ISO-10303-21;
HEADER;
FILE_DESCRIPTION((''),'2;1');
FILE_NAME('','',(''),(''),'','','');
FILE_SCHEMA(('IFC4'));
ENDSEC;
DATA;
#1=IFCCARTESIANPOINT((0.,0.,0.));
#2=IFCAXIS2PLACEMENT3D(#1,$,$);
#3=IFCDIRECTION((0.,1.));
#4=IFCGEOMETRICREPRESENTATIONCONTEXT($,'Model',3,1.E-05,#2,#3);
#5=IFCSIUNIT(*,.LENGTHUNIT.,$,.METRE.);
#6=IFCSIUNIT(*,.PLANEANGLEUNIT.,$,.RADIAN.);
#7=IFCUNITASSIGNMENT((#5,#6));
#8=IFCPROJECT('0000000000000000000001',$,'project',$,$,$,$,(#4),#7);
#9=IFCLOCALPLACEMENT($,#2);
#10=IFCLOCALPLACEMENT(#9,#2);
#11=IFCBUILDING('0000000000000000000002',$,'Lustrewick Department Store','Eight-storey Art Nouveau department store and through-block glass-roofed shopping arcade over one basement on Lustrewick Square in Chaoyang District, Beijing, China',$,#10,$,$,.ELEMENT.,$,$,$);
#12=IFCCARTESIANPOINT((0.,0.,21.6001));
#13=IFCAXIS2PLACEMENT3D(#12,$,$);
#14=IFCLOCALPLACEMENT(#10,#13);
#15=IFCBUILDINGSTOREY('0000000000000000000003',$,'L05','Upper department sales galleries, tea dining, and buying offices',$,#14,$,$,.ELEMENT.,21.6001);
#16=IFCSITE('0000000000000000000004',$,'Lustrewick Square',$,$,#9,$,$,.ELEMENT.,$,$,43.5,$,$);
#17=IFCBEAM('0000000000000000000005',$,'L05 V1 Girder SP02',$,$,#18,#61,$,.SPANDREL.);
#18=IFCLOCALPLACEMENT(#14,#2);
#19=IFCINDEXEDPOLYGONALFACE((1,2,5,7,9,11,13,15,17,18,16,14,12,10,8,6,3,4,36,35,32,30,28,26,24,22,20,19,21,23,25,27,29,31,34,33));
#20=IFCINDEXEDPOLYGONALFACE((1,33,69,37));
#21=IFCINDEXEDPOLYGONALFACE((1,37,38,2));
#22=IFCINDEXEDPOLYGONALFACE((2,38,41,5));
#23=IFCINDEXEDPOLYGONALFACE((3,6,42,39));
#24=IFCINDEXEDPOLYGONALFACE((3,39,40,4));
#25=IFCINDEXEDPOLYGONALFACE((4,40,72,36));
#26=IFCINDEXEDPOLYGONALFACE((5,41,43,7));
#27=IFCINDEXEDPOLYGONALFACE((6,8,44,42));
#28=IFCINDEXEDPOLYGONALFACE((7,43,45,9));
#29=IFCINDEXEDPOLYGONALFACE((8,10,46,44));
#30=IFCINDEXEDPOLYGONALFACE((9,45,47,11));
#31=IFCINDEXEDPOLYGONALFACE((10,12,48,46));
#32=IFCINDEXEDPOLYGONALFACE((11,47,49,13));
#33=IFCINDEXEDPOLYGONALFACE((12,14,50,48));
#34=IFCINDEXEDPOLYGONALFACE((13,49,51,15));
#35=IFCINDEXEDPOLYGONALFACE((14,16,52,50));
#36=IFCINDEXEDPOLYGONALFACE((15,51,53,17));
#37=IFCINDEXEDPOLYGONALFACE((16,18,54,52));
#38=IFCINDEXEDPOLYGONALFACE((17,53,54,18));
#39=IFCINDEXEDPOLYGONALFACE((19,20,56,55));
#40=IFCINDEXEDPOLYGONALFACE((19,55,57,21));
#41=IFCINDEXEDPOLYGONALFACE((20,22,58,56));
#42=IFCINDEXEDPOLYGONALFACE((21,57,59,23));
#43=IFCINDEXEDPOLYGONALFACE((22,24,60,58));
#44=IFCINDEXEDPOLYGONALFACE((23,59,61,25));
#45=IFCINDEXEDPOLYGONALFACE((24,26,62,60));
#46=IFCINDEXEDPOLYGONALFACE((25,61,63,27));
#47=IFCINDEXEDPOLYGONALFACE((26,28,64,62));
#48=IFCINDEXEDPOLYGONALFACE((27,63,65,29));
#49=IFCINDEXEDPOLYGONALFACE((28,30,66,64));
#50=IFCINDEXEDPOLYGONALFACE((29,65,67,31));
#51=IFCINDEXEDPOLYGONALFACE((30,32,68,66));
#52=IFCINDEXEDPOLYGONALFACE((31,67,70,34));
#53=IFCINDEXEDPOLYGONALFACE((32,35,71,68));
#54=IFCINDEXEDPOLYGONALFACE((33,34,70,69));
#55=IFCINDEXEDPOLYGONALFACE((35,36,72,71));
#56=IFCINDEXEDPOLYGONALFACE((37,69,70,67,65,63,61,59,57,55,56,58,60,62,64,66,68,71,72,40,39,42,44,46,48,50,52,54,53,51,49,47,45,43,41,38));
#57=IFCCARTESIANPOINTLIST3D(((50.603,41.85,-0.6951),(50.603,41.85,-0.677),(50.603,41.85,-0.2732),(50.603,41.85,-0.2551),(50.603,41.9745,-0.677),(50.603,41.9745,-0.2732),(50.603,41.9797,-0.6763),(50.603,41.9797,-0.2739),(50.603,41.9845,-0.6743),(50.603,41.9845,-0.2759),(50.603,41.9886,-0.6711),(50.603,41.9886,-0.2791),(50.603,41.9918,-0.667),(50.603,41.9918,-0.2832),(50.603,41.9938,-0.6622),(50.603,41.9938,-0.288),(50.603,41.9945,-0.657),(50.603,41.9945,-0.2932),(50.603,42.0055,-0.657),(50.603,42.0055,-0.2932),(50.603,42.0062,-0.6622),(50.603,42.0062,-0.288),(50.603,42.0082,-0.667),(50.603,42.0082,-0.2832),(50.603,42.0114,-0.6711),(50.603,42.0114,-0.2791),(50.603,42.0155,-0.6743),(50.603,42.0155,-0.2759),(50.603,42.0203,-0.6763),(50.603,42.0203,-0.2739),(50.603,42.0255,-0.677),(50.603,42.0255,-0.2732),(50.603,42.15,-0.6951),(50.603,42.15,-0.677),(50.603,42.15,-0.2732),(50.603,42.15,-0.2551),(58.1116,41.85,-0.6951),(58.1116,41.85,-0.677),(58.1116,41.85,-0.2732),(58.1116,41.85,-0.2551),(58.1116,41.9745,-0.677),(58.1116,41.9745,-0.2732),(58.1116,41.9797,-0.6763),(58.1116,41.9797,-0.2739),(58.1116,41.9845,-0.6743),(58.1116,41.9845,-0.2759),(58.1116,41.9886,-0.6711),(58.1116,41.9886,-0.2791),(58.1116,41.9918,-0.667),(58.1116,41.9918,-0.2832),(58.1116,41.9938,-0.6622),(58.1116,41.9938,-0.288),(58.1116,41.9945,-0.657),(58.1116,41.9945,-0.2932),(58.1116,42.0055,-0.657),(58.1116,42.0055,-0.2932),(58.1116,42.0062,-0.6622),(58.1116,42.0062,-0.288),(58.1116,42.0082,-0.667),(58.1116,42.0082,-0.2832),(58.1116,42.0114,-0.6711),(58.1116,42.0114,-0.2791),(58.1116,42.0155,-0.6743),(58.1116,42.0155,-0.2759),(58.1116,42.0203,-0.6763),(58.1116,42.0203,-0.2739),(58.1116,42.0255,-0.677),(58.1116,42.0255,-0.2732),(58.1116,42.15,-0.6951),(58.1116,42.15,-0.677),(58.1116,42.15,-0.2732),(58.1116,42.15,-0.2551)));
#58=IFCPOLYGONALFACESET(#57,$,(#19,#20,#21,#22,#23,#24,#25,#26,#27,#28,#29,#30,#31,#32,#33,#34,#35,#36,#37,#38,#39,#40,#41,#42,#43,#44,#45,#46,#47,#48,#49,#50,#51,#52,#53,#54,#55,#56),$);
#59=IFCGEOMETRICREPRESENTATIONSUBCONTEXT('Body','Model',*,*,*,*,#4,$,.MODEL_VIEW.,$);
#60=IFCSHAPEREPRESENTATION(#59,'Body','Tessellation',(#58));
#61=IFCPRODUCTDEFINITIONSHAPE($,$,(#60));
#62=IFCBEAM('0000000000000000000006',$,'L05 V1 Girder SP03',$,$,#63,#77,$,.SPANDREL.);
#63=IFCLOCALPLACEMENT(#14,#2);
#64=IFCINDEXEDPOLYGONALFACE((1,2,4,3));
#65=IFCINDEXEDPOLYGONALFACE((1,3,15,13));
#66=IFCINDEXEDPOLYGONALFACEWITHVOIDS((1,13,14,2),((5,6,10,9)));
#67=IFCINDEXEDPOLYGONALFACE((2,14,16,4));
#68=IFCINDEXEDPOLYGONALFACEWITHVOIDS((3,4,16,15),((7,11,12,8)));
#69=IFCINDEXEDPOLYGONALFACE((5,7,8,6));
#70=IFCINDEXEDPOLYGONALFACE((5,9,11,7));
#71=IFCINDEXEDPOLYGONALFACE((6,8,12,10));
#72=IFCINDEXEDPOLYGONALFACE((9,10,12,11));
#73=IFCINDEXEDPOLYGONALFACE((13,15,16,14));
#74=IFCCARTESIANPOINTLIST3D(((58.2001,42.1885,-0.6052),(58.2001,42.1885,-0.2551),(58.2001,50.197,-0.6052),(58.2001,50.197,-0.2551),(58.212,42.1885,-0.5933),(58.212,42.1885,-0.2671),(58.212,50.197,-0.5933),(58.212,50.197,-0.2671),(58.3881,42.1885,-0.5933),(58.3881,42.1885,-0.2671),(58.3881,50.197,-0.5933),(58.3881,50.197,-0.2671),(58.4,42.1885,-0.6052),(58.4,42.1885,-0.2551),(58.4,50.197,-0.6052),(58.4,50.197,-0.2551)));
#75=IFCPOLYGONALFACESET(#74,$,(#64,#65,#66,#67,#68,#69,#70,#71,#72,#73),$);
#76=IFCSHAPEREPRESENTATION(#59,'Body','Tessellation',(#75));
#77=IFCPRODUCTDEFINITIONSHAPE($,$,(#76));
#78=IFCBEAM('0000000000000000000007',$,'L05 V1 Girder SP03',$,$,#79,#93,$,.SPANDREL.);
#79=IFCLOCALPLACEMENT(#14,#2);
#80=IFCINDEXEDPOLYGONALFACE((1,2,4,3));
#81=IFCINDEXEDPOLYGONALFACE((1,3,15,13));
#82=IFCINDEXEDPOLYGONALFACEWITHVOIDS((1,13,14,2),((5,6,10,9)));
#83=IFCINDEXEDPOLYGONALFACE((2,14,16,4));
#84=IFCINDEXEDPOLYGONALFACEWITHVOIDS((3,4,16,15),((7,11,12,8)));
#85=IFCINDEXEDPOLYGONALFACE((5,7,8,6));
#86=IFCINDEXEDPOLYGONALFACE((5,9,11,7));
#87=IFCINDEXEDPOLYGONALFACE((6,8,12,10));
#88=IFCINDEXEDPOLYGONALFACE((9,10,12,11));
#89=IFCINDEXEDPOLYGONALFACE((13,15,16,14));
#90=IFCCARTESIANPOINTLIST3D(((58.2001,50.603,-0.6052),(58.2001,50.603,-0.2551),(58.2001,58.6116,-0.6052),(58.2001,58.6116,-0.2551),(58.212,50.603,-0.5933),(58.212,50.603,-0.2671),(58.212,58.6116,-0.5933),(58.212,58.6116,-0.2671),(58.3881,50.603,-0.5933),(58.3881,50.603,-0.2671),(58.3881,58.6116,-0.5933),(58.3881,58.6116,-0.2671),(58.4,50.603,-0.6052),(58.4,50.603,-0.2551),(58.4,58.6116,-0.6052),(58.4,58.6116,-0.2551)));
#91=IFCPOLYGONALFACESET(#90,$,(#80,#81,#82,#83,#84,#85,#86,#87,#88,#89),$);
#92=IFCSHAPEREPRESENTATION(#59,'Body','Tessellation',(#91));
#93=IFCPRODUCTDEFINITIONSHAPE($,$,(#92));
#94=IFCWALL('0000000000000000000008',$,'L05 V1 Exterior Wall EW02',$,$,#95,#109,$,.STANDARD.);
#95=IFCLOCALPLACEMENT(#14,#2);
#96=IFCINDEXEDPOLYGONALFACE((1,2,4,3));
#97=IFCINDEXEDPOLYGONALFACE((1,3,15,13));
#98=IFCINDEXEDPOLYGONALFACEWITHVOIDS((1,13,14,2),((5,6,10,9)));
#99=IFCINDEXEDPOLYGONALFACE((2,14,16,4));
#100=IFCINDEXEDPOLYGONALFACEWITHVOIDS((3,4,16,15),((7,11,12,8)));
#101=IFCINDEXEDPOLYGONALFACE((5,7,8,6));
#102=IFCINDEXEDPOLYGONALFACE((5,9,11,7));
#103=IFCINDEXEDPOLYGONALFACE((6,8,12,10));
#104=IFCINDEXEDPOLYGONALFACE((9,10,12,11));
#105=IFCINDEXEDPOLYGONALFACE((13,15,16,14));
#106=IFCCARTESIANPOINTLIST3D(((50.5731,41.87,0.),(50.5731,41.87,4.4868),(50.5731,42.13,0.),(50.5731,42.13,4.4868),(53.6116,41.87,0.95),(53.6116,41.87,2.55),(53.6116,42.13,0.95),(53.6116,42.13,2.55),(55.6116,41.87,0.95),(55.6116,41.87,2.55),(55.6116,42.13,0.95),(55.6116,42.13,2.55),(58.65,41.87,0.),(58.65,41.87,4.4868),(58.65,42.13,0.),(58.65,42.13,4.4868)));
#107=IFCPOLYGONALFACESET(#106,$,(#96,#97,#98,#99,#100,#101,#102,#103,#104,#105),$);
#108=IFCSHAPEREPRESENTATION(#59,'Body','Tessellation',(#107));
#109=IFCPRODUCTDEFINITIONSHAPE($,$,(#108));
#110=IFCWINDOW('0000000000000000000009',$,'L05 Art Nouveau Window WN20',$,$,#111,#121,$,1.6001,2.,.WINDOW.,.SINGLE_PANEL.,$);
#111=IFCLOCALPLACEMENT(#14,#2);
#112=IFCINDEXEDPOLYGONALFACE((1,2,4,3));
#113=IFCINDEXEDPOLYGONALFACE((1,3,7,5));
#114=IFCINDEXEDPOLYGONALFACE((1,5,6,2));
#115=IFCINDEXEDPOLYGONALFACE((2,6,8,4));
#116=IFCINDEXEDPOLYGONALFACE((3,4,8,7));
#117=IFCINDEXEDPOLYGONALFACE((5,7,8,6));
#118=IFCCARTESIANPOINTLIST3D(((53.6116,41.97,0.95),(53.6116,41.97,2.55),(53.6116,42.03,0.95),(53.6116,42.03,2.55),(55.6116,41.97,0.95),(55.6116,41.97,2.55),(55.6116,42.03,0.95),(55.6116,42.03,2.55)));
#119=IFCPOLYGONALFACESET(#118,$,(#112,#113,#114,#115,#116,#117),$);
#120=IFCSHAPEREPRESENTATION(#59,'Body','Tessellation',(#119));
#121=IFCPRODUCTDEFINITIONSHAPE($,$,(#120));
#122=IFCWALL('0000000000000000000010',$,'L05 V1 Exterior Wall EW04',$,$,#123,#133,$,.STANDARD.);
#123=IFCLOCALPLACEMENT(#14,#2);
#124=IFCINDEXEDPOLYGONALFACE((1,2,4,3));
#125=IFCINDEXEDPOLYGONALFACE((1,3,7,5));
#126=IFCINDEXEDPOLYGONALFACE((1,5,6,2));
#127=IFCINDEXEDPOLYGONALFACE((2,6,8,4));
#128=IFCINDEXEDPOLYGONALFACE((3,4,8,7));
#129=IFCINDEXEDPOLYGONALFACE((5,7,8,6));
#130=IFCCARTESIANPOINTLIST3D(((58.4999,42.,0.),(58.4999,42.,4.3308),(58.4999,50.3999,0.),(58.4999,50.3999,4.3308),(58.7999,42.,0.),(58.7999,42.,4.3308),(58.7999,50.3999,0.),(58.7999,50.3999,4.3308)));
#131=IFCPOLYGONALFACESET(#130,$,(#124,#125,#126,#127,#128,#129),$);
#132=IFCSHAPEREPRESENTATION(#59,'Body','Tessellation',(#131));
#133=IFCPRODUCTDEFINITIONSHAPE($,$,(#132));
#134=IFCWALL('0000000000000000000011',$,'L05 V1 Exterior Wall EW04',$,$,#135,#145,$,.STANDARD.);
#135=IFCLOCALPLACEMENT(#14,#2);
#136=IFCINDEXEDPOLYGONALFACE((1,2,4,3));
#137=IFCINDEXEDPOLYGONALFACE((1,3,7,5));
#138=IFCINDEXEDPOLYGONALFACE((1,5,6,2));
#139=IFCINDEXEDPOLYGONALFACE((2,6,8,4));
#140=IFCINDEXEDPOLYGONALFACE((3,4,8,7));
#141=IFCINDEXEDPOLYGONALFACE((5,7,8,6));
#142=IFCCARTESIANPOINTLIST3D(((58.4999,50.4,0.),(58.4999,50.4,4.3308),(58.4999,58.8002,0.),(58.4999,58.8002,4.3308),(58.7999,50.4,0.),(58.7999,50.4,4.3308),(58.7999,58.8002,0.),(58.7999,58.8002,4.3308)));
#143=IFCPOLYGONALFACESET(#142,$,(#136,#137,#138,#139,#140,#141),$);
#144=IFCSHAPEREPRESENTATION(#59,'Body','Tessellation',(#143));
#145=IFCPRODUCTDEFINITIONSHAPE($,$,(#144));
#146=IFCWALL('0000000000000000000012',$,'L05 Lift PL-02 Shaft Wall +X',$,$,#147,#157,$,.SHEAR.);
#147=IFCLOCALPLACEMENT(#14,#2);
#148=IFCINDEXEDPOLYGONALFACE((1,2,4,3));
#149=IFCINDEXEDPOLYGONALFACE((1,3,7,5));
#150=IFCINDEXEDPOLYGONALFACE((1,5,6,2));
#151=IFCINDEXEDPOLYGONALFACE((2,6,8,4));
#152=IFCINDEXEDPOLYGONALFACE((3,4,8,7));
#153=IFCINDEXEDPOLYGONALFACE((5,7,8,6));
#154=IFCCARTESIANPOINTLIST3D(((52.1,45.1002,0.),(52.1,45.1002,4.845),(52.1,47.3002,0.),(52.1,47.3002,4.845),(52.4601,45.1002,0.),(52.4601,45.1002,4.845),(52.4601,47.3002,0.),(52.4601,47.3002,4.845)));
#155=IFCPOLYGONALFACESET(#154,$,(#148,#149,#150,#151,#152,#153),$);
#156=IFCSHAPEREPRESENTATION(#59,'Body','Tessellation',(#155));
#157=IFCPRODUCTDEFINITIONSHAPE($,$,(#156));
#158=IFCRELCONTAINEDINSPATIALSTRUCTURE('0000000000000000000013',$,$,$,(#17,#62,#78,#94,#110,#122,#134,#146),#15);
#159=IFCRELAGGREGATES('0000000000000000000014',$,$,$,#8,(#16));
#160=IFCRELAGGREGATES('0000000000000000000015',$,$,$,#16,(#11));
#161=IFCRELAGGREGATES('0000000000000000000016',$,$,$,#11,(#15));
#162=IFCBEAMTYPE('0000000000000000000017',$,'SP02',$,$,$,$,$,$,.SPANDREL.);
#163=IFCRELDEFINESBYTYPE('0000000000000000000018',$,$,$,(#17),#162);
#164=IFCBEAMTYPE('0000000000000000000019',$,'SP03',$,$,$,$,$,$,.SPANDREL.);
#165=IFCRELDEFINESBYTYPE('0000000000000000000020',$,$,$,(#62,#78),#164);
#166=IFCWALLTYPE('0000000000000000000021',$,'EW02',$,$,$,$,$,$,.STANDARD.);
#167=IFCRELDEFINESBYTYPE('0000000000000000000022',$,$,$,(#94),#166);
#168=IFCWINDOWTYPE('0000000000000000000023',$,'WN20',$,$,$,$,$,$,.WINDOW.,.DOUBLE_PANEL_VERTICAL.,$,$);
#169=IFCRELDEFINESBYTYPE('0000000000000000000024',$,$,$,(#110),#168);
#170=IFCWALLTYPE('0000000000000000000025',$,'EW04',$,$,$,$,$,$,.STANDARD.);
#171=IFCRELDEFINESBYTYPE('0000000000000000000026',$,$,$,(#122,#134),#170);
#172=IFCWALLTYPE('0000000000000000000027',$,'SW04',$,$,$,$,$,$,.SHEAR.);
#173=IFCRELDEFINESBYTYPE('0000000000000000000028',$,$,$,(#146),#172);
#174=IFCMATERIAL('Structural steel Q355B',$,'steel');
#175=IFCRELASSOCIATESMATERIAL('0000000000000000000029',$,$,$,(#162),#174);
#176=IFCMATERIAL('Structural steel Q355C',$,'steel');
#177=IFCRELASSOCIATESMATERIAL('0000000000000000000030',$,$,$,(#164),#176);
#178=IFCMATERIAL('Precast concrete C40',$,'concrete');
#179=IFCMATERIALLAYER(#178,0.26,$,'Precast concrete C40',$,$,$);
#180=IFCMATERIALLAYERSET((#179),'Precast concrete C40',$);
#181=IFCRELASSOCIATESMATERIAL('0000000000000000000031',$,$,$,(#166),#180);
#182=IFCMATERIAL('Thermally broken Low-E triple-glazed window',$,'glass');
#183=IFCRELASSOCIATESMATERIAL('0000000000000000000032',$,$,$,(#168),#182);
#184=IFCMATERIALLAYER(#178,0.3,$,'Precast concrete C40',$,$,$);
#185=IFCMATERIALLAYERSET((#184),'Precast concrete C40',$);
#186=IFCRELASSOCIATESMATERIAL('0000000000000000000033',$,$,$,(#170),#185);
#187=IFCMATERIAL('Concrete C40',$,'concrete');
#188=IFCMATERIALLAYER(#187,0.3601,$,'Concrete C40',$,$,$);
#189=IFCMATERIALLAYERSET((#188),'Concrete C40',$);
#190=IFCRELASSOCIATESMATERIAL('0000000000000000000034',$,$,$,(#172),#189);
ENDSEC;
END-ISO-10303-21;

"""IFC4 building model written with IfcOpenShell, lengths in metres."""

from ifc_helpers import new_model, si_unit, direction, frame, frame_2d, origin, origin_2d, place, context, subcontext, project, spatial, rectangle, hollow_rectangle, i_section, extrude, material, layer, layer_set, material_profile, profile_set, type_object, element, fill, save


model = new_model("IFC4")

# Units and contexts
model_context = context("Model", 3, precision=1e-05, world=origin(), true_north=direction((0.0, 1.0)))
body_context = subcontext(model_context, "Body", "Model", "MODEL_VIEW")
ifc_project = project(units=[si_unit("LENGTHUNIT", "METRE"), si_unit("PLANEANGLEUNIT", "RADIAN")], contexts=[model_context])

# Site, building, storey
site_placement = place(None, origin())
site = spatial("IfcSite", under=ifc_project, at=site_placement, Name="Lustrewick Square", CompositionType="ELEMENT", RefElevation=43.5)
building_placement = place(site_placement, origin())
building = spatial("IfcBuilding", under=site, at=building_placement, Name="Lustrewick Department Store", Description="Eight-storey Art Nouveau department store and through-block glass-roofed shopping arcade over one basement on Lustrewick Square in Chaoyang District, Beijing, China", CompositionType="ELEMENT")
storey_placement = place(building_placement, frame((0.0, 0.0, 21.6001)))
storey = spatial("IfcBuildingStorey", under=building, at=storey_placement, Name="L05", Description="Upper department sales galleries, tea dining, and buying offices", CompositionType="ELEMENT", Elevation=21.6001)

# Shared definitions
ifc_material_1 = material(Name="Structural steel Q355B", Category="steel")

# Beams
ifc_material_2 = material(Name="Structural steel Q355C", Category="steel")
ifc_material_profile_1 = material_profile(ifc_material_1, i_section(OverallWidth=0.3, OverallDepth=0.4399, WebThickness=0.011, FlangeThickness=0.0181, FilletRadius=0.02, at=origin_2d()), Name="HM 440x300x11x18")
ifc_profile_set_1 = profile_set([ifc_material_profile_1], Name="Structural steel Q355B")
beam_type_1 = type_object("IfcBeamType", Name="SP02", PredefinedType="SPANDREL", material=ifc_profile_set_1)
beam_1_placement = place(storey_placement, frame((50.603, 42.0, -0.4751), z_axis=(1.0, 0.0, 0.0), x_axis=(0.0, 1.0, 0.0)))
element("IfcBeam", 1, at=beam_1_placement, inside=storey, type_object=beam_type_1, Name="L05 V1 Girder SP02", PredefinedType="SPANDREL", context=body_context, shape_type="SweptSolid", body=[
    extrude(i_section(OverallWidth=0.3, OverallDepth=0.4399, WebThickness=0.011, FlangeThickness=0.0181, FilletRadius=0.02, at=origin_2d()), origin(), (0.0, 0.0, 1.0), 7.5085),
])
ifc_material_profile_2 = material_profile(ifc_material_2, hollow_rectangle(XDim=0.2, YDim=0.3501, WallThickness=0.012, at=origin_2d()), Name="RHS 350x200x12")
ifc_profile_set_2 = profile_set([ifc_material_profile_2], Name="Structural steel Q355C")
beam_type_2 = type_object("IfcBeamType", Name="SP03", PredefinedType="SPANDREL", material=ifc_profile_set_2)
for number, where, z_axis, x_axis, name in (
    (2, (58.3, 42.1885, -0.4302), (0.0, 1.0, 0.0), (-1.0, 0.0, 0.0), "L05 V1 Girder SP03"),
    (3, (58.3, 50.603, -0.4302), (0.0, 1.0, 0.0), (-1.0, 0.0, 0.0), "L05 V1 Girder SP03"),
):
    element("IfcBeam", number, at=place(storey_placement, frame(where, z_axis=z_axis, x_axis=x_axis)), inside=storey, type_object=beam_type_2, Name=name, PredefinedType="SPANDREL", context=body_context, shape_type="SweptSolid", body=[
        extrude(hollow_rectangle(XDim=0.2, YDim=0.3501, WallThickness=0.012, at=origin_2d()), origin(), (0.0, 0.0, 1.0), 8.0085),
    ])

# Wall, opening, window
ifc_material_3 = material(Name="Precast concrete C40", Category="concrete")
ifc_layer_1 = layer(ifc_material_3, 0.26, Name="Precast concrete C40")
ifc_layer_set_1 = layer_set([ifc_layer_1], Name="Precast concrete C40")
wall_type_1 = type_object("IfcWallType", Name="EW02", PredefinedType="STANDARD", material=ifc_layer_set_1)
wall_1_placement = place(storey_placement, frame((50.573, 42.0, 0.0), z_axis=(0.0, 0.0, 1.0), x_axis=(1.0, 0.0, 0.0)))
wall_1 = element("IfcWall", 4, at=wall_1_placement, inside=storey, type_object=wall_type_1, Name="L05 V1 Exterior Wall EW02", PredefinedType="STANDARD", context=body_context, shape_type="SweptSolid", body=[
    extrude(rectangle(XDim=8.0769, YDim=0.26, at=frame_2d((4.0386, 0.0))), origin(), (0.0, 0.0, 1.0), 4.4868),
])
opening_1_placement = place(wall_1_placement, frame((3.0386, 0.0, 0.95)))
opening_1 = element("IfcOpeningElement", 5, at=opening_1_placement, cuts=wall_1, PredefinedType="OPENING", context=body_context, shape_type="SweptSolid", body=[
    extrude(rectangle(XDim=2.0, YDim=1.6001, at=frame_2d((1.0, 0.8))), frame((0.0, 0.1401, 0.0), z_axis=(0.0, -1.0, 0.0), x_axis=(1.0, 0.0, 0.0)), (0.0, 0.0, 1.0), 0.28),
])
ifc_material_4 = material(Name="Thermally broken Low-E triple-glazed window", Category="glass")
window_type = type_object("IfcWindowType", Name="WN20", PartitioningType="DOUBLE_PANEL_VERTICAL", PredefinedType="WINDOW", material=ifc_material_4)
window_placement = place(opening_1_placement, origin())
window = element("IfcWindow", 6, at=window_placement, inside=storey, type_object=window_type, Name="L05 Art Nouveau Window WN20", OverallHeight=1.6001, OverallWidth=2.0, PartitioningType="SINGLE_PANEL", PredefinedType="WINDOW", context=body_context, shape_type="SweptSolid", body=[
    extrude(rectangle(XDim=2.0, YDim=1.6001, at=frame_2d((1.0, 0.8))), frame((0.0, 0.03, 0.0), z_axis=(0.0, -1.0, 0.0), x_axis=(1.0, 0.0, 0.0)), (0.0, 0.0, 1.0), 0.0601),
])
fill(opening_1, window)

# Walls
ifc_layer_2 = layer(ifc_material_3, 0.3, Name="Precast concrete C40")
ifc_layer_set_2 = layer_set([ifc_layer_2], Name="Precast concrete C40")
wall_type_2 = type_object("IfcWallType", Name="EW04", PredefinedType="STANDARD", material=ifc_layer_set_2)
wall_2_placement = place(storey_placement, frame((58.6499, 42.0, 0.0), z_axis=(0.0, 0.0, 1.0), x_axis=(0.0, 1.0, 0.0)))
element("IfcWall", 7, at=wall_2_placement, inside=storey, type_object=wall_type_2, Name="L05 V1 Exterior Wall EW04", PredefinedType="STANDARD", context=body_context, shape_type="SweptSolid", body=[
    extrude(rectangle(XDim=8.3999, YDim=0.3, at=frame_2d((4.2, 0.0))), origin(), (0.0, 0.0, 1.0), 4.3308),
])
wall_3_placement = place(storey_placement, frame((58.6499, 50.3999, 0.0), z_axis=(0.0, 0.0, 1.0), x_axis=(0.0, 1.0, 0.0)))
element("IfcWall", 8, at=wall_3_placement, inside=storey, type_object=wall_type_2, Name="L05 V1 Exterior Wall EW04", PredefinedType="STANDARD", context=body_context, shape_type="SweptSolid", body=[
    extrude(rectangle(XDim=8.4001, YDim=0.3, at=frame_2d((4.2002, 0.0))), origin(), (0.0, 0.0, 1.0), 4.3308),
])
ifc_material_5 = material(Name="Concrete C40", Category="concrete")
ifc_layer_3 = layer(ifc_material_5, 0.3601, Name="Concrete C40")
ifc_layer_set_3 = layer_set([ifc_layer_3], Name="Concrete C40")
wall_type_3 = type_object("IfcWallType", Name="SW04", PredefinedType="SHEAR", material=ifc_layer_set_3)
wall_4_placement = place(storey_placement, frame((52.28, 45.1001, 0.0), z_axis=(0.0, 0.0, 1.0), x_axis=(0.0, 1.0, 0.0)))
element("IfcWall", 9, at=wall_4_placement, inside=storey, type_object=wall_type_3, Name="L05 Lift PL-02 Shaft Wall +X", PredefinedType="SHEAR", context=body_context, shape_type="SweptSolid", body=[
    extrude(rectangle(XDim=2.2, YDim=0.3601, at=frame_2d((1.1001, 0.0))), origin(), (0.0, 0.0, 1.0), 4.845),
])

save(model, "model.ifc")
